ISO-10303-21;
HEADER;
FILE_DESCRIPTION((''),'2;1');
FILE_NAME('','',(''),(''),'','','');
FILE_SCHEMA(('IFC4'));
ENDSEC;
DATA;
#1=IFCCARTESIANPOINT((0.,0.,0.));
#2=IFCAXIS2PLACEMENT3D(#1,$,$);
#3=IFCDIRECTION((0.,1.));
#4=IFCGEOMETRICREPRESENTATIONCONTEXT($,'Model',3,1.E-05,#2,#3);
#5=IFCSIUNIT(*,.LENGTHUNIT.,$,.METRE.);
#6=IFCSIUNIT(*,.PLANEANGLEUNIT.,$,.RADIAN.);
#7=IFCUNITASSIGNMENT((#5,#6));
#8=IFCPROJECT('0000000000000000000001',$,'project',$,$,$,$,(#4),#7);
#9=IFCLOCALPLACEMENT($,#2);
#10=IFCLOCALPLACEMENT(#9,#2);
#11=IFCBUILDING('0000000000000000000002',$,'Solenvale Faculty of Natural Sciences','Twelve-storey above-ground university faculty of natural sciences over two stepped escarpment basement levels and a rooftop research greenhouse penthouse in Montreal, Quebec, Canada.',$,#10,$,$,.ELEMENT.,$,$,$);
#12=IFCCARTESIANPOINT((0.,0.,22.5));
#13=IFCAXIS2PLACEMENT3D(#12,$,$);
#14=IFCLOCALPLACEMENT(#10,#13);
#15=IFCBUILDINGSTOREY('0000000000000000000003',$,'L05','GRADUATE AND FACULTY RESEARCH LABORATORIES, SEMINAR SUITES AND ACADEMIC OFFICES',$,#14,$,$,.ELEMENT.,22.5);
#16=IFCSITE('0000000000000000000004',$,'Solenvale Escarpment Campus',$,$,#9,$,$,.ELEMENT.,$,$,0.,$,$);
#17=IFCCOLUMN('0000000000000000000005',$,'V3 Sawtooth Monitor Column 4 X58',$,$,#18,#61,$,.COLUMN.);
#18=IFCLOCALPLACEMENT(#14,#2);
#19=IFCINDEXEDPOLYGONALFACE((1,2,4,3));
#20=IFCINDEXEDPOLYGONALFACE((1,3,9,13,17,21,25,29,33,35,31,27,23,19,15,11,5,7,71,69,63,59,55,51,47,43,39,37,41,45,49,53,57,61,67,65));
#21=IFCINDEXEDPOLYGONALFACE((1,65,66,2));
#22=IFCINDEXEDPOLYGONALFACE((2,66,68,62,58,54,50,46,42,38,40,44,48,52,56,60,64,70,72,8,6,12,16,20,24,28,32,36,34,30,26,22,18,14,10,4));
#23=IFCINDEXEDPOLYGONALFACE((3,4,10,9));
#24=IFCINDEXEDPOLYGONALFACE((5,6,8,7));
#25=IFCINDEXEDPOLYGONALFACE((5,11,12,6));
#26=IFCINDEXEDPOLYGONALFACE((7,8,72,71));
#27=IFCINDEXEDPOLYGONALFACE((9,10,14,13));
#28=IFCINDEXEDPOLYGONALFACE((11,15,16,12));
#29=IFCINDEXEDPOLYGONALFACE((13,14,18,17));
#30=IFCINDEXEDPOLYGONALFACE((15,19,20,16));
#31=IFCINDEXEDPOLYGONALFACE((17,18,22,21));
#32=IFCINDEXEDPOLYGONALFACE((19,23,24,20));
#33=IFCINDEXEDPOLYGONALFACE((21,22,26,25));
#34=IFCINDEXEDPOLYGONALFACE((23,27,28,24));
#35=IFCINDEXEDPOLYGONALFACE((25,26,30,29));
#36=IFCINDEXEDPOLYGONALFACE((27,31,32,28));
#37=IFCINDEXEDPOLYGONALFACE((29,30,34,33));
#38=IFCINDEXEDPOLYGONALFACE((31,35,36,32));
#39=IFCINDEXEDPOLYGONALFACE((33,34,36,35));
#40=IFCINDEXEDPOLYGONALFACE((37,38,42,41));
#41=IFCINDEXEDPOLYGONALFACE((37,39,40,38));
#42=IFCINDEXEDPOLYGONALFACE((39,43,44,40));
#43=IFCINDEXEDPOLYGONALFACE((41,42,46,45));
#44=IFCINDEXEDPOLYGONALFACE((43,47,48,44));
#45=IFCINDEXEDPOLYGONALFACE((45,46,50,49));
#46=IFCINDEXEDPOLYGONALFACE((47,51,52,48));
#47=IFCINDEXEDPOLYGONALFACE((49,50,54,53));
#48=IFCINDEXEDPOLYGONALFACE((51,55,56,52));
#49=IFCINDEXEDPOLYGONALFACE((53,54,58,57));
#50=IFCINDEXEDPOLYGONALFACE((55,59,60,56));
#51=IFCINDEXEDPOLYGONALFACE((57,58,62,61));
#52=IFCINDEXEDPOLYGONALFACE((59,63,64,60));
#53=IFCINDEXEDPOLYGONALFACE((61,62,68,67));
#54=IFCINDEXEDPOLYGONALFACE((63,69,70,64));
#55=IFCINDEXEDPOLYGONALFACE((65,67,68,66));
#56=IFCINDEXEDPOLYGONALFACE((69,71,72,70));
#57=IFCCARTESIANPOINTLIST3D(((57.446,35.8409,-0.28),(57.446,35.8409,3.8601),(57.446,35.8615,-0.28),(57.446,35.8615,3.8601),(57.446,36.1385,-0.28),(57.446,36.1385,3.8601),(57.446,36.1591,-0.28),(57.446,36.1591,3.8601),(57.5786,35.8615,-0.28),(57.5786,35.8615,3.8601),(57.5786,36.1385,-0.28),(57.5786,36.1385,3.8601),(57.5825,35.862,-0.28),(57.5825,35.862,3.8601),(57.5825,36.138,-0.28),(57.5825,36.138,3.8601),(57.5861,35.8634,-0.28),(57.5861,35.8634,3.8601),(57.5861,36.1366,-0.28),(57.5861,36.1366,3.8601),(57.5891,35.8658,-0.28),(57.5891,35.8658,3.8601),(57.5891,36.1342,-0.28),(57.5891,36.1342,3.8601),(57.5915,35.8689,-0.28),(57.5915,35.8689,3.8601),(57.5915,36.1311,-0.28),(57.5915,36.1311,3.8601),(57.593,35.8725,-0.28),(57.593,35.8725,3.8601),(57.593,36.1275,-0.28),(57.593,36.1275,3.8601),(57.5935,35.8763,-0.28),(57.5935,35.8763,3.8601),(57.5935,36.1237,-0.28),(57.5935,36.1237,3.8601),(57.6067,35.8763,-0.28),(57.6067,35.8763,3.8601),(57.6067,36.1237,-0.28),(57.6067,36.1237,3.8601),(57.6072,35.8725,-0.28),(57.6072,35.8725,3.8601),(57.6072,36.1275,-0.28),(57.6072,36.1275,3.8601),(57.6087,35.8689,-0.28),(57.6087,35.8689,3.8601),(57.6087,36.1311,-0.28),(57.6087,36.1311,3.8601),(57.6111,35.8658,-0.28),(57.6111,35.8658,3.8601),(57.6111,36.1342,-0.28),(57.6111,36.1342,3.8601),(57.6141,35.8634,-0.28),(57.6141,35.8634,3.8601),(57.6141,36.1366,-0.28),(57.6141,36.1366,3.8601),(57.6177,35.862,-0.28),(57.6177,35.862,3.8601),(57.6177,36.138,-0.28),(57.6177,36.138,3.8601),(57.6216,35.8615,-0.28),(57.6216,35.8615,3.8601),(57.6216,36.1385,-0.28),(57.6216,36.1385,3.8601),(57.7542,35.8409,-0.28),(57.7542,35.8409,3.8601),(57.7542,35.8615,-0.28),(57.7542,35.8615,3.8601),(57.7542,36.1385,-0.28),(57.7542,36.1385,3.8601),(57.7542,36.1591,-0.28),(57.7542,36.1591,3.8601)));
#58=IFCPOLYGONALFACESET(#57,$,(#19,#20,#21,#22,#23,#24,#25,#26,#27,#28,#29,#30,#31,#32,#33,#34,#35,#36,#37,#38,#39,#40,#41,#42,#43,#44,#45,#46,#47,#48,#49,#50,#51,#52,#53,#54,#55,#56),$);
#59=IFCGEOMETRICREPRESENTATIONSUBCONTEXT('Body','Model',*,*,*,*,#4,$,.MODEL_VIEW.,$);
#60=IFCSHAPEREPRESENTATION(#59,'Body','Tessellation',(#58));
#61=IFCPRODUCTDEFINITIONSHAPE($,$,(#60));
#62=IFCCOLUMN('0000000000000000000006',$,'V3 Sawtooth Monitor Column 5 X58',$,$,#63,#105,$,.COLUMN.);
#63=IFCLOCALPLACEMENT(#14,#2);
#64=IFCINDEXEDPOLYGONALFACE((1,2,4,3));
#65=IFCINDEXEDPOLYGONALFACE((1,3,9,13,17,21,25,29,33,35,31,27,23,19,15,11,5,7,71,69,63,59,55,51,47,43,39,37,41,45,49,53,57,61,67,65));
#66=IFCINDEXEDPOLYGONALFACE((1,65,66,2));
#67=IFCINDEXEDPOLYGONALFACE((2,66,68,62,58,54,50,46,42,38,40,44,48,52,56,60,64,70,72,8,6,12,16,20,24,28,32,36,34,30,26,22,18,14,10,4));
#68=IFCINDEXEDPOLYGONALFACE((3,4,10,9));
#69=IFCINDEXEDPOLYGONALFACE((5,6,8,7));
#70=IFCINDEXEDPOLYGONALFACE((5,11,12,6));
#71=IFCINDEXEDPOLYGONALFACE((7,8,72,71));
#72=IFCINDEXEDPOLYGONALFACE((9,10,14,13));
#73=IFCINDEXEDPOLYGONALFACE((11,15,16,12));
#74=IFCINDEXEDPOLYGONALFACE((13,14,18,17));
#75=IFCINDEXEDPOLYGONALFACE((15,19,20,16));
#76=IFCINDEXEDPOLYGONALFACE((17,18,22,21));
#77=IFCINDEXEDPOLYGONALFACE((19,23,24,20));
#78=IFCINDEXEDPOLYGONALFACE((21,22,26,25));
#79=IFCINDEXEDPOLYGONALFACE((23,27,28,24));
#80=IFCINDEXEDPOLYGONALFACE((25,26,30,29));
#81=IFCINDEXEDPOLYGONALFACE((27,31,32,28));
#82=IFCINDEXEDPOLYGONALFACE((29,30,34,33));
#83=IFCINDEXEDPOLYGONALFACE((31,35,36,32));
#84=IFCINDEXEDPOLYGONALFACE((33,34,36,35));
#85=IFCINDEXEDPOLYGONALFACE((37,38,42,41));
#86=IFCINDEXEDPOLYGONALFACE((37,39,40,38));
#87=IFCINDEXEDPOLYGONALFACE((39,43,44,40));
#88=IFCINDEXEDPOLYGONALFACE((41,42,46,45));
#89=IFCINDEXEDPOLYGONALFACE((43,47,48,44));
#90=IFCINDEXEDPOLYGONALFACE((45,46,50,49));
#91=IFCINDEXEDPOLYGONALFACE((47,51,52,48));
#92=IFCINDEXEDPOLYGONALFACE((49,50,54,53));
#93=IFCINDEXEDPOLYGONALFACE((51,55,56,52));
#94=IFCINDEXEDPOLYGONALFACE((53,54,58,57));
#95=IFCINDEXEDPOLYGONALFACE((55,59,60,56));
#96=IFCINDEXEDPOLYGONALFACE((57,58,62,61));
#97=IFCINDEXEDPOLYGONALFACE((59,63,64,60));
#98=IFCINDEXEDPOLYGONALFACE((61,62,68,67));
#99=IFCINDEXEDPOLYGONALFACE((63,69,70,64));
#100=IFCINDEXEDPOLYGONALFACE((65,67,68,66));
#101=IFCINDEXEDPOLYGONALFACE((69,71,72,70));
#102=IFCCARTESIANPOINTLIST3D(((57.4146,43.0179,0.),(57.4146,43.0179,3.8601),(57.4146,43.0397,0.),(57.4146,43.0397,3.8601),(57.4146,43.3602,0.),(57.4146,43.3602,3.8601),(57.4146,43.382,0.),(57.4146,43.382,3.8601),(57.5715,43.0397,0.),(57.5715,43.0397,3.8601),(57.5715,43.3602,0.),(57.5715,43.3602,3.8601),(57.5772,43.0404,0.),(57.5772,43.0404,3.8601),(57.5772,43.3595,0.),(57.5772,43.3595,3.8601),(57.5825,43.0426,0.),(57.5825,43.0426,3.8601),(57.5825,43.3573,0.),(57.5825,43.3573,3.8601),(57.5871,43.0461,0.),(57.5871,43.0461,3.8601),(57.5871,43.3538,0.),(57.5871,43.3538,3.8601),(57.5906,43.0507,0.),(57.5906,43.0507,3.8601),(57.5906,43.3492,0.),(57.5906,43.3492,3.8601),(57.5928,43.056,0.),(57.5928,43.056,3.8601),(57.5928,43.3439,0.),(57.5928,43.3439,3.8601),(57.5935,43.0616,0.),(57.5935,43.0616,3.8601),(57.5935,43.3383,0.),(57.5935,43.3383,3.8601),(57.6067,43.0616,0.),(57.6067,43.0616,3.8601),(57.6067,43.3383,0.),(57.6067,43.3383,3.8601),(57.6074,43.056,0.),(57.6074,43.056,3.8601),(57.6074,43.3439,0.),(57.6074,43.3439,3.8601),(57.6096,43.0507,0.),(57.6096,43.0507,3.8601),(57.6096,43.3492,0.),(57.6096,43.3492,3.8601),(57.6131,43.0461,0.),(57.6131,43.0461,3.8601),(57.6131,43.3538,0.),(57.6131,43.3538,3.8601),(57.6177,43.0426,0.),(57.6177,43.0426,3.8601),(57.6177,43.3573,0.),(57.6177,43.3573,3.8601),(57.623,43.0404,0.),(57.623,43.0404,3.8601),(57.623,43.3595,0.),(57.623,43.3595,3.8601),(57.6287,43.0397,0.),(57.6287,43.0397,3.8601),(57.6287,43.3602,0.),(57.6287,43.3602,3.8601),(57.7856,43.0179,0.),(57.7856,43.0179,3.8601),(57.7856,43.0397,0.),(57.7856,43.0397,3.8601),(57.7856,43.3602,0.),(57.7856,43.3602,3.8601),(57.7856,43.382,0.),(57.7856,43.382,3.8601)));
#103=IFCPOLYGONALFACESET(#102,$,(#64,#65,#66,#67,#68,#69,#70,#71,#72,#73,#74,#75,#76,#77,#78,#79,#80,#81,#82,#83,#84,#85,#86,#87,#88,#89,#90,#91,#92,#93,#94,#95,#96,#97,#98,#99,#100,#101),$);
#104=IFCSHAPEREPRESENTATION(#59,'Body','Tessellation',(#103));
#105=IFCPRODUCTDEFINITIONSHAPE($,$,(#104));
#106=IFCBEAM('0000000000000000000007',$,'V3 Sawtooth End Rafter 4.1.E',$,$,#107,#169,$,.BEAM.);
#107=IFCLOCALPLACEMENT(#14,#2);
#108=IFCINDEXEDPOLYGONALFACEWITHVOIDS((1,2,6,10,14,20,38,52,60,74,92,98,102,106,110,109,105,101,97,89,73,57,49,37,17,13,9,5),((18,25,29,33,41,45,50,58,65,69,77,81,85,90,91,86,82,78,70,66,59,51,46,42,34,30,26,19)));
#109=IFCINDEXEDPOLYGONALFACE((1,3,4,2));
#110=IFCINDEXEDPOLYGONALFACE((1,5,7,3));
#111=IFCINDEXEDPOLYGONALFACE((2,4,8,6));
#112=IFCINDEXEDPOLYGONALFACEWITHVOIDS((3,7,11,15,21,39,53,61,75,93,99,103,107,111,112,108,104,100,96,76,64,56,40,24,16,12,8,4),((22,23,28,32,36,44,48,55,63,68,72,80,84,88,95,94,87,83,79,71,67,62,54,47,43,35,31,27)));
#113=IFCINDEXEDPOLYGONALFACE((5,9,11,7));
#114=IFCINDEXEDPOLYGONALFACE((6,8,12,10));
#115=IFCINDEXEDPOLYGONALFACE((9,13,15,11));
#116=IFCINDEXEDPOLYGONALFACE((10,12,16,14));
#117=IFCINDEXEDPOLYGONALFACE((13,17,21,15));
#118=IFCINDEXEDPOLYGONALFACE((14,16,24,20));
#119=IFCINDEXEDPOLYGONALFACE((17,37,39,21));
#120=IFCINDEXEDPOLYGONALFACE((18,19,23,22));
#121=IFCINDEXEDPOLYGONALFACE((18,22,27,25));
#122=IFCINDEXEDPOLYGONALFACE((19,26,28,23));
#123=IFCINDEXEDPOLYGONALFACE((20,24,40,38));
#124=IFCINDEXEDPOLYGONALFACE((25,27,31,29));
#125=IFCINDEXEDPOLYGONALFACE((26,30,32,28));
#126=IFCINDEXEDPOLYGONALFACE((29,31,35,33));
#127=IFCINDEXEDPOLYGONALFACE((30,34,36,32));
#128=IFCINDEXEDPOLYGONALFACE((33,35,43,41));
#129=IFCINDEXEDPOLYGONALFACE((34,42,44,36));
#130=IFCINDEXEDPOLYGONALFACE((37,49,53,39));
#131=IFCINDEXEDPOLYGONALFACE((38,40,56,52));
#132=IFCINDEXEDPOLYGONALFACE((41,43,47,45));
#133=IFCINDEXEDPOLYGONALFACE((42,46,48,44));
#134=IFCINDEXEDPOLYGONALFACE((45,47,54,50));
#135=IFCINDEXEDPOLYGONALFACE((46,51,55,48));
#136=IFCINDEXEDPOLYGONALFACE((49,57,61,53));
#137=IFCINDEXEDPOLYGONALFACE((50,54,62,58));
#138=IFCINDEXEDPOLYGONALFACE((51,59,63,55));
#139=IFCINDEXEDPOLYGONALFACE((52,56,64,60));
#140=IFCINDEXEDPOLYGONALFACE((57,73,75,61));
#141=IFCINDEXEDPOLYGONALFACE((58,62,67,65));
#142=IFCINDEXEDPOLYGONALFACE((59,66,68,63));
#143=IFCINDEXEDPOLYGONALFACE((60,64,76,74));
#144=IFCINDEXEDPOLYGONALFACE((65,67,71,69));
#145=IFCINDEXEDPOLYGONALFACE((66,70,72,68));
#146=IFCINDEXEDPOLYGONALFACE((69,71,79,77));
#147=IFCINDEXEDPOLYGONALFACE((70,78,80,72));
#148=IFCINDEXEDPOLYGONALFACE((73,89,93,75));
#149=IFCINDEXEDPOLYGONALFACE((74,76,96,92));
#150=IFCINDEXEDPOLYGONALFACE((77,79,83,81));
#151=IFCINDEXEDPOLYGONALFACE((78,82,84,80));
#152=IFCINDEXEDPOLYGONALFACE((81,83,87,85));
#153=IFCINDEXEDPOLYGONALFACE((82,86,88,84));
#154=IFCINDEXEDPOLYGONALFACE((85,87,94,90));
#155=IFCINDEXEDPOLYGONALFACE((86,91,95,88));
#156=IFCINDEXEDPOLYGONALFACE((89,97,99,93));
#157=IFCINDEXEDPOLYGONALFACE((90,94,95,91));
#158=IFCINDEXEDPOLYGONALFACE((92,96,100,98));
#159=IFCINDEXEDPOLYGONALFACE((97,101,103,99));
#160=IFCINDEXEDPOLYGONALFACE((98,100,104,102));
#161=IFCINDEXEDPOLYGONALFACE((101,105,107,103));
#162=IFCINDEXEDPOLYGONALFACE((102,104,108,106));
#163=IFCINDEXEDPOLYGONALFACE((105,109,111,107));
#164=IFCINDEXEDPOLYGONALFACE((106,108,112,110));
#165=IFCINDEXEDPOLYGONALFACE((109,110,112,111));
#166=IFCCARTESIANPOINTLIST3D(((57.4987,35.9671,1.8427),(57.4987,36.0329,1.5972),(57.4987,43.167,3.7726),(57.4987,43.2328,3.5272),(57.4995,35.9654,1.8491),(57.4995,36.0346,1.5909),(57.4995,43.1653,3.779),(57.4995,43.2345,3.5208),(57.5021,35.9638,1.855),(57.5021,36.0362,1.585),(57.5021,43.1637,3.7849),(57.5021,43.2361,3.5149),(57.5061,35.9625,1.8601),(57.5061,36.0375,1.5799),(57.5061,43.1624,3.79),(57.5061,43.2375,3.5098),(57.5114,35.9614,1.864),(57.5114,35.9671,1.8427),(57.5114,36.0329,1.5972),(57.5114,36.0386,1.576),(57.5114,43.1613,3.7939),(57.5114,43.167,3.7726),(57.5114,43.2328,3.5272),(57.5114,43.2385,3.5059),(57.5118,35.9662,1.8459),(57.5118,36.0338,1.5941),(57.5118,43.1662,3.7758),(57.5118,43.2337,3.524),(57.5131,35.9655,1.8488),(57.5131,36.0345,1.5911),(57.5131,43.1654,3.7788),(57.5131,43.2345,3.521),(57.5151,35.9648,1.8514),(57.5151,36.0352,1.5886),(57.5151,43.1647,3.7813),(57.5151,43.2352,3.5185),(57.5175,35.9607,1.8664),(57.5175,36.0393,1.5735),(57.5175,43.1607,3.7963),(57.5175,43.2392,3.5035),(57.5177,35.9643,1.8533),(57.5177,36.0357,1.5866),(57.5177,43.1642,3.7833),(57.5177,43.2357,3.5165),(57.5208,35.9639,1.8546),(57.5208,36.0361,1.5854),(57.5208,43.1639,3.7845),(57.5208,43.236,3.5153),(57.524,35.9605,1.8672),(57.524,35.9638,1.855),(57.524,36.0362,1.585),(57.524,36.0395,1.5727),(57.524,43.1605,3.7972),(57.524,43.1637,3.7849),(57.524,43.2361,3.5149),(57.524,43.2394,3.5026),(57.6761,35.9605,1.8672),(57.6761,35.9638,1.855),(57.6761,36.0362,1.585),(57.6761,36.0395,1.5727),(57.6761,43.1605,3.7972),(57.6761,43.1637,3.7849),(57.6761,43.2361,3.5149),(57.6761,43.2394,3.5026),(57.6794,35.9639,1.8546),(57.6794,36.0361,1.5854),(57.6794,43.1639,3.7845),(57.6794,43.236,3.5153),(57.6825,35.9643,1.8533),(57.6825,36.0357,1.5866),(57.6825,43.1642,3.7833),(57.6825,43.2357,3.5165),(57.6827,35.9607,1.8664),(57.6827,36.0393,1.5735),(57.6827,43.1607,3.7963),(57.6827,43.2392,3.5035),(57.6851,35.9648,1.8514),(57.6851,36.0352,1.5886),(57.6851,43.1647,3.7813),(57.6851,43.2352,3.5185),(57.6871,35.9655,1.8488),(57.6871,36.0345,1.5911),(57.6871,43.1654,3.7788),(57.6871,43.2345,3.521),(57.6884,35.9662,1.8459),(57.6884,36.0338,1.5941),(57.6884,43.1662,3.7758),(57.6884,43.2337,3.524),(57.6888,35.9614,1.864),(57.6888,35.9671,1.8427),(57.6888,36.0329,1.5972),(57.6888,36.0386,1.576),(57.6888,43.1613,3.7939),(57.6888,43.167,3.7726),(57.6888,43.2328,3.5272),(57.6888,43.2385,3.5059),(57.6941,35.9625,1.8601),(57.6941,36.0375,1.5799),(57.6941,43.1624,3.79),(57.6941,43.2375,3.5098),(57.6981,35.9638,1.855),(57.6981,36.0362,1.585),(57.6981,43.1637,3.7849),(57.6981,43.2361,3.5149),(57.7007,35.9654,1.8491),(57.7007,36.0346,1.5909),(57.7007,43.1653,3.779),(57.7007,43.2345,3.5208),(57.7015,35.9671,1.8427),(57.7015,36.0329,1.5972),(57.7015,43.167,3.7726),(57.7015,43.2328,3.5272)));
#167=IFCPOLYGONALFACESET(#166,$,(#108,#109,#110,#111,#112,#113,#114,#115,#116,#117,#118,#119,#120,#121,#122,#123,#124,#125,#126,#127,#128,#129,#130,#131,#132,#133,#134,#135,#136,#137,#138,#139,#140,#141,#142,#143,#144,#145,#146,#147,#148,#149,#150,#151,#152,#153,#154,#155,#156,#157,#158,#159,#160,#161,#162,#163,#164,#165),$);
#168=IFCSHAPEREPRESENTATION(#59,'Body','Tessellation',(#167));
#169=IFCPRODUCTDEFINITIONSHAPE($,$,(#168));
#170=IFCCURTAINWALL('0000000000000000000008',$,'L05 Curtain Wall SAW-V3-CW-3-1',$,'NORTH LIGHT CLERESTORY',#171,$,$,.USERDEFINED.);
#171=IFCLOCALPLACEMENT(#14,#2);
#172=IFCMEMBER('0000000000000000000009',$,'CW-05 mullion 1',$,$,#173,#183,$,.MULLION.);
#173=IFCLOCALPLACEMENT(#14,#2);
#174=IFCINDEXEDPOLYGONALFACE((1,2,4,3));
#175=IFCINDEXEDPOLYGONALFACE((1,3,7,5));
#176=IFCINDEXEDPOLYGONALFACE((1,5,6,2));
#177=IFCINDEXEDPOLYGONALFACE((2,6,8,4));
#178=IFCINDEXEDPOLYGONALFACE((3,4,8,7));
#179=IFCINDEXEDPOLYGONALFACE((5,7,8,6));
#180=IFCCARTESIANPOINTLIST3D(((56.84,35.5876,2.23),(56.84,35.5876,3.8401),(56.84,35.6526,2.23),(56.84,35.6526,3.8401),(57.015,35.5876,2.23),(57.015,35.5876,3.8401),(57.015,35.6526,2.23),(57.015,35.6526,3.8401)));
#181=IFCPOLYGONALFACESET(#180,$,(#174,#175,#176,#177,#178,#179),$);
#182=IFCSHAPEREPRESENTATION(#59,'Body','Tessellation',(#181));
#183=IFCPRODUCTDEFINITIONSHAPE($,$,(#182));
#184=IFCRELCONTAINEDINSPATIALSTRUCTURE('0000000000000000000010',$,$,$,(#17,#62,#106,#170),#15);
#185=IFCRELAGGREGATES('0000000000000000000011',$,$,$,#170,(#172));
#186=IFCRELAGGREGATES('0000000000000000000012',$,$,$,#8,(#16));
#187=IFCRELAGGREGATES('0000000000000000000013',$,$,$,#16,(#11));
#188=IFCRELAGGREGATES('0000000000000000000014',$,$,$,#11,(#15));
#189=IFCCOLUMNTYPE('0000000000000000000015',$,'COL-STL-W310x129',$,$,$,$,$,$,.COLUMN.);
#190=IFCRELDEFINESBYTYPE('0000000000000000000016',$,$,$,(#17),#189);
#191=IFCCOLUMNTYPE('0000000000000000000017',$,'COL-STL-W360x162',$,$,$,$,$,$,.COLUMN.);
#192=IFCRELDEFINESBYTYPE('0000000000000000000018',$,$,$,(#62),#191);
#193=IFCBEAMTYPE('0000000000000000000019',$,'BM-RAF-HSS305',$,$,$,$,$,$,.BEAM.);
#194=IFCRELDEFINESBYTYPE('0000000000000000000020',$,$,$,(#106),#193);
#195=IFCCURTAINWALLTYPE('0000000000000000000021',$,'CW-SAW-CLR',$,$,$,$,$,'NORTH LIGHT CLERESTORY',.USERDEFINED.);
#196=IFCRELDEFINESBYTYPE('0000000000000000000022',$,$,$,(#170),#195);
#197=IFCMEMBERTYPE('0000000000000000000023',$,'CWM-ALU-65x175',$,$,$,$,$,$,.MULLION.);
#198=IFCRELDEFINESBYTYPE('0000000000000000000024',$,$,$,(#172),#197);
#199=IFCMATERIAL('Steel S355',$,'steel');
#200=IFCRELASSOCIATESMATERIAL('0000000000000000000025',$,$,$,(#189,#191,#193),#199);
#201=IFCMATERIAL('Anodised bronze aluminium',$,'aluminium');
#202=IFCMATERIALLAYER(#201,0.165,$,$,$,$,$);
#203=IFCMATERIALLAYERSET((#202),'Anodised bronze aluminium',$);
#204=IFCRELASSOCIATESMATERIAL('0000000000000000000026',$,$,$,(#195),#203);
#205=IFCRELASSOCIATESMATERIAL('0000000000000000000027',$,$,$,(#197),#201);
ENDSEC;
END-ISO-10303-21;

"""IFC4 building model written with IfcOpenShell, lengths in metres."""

from ifc_helpers import new_model, si_unit, direction, frame, origin, origin_2d, place, context, subcontext, project, spatial, rectangle, hollow_rectangle, i_section, extrude, material, layer, layer_set, material_profile, profile_set, type_object, element, aggregate, save


model = new_model("IFC4")

# Units and contexts
model_context = context("Model", 3, precision=1e-05, world=origin(), true_north=direction((0.0, 1.0)))
body_context = subcontext(model_context, "Body", "Model", "MODEL_VIEW")
ifc_project = project(units=[si_unit("LENGTHUNIT", "METRE"), si_unit("PLANEANGLEUNIT", "RADIAN")], contexts=[model_context])

# Site, building, storey
site_placement = place(None, origin())
site = spatial("IfcSite", under=ifc_project, at=site_placement, Name="Solenvale Escarpment Campus", CompositionType="ELEMENT", RefElevation=0.0)
building_placement = place(site_placement, origin())
building = spatial("IfcBuilding", under=site, at=building_placement, Name="Solenvale Faculty of Natural Sciences", Description="Twelve-storey above-ground university faculty of natural sciences over two stepped escarpment basement levels and a rooftop research greenhouse penthouse in Montreal, Quebec, Canada.", CompositionType="ELEMENT")
storey_placement = place(building_placement, frame((0.0, 0.0, 22.5)))
storey = spatial("IfcBuildingStorey", under=building, at=storey_placement, Name="L05", Description="GRADUATE AND FACULTY RESEARCH LABORATORIES, SEMINAR SUITES AND ACADEMIC OFFICES", CompositionType="ELEMENT", Elevation=22.5)

# Columns
ifc_material_1 = material(Name="Steel S355", Category="steel")
ifc_material_profile_1 = material_profile(ifc_material_1, i_section(OverallWidth=0.3081, OverallDepth=0.3181, WebThickness=0.0132, FlangeThickness=0.0205, FilletRadius=0.0149, at=origin_2d()), Name="W310x129")
ifc_profile_set_1 = profile_set([ifc_material_profile_1], Name="Steel S355")
column_type_1 = type_object("IfcColumnType", Name="COL-STL-W310x129", PredefinedType="COLUMN", material=ifc_profile_set_1)
column_1_placement = place(storey_placement, frame((57.6001, 36.0, -0.28), z_axis=(0.0, 0.0, 1.0), x_axis=(1.0, 0.0, 0.0)))
element("IfcColumn", 1, at=column_1_placement, inside=storey, type_object=column_type_1, Name="V3 Sawtooth Monitor Column 4 X58", PredefinedType="COLUMN", context=body_context, shape_type="SweptSolid", body=[
    extrude(i_section(OverallWidth=0.3081, OverallDepth=0.3181, WebThickness=0.0132, FlangeThickness=0.0205, FilletRadius=0.0149, at=origin_2d()), origin(), (0.0, 0.0, 1.0), 4.1401),
])
ifc_material_profile_2 = material_profile(ifc_material_1, i_section(OverallWidth=0.3711, OverallDepth=0.364, WebThickness=0.0132, FlangeThickness=0.0217, FilletRadius=0.022, at=origin_2d()), Name="W360x162")
ifc_profile_set_2 = profile_set([ifc_material_profile_2], Name="Steel S355")
column_type_2 = type_object("IfcColumnType", Name="COL-STL-W360x162", PredefinedType="COLUMN", material=ifc_profile_set_2)
column_2_placement = place(storey_placement, frame((57.6001, 43.2, 0.0), z_axis=(0.0, 0.0, 1.0), x_axis=(1.0, 0.0, 0.0)))
element("IfcColumn", 2, at=column_2_placement, inside=storey, type_object=column_type_2, Name="V3 Sawtooth Monitor Column 5 X58", PredefinedType="COLUMN", context=body_context, shape_type="SweptSolid", body=[
    extrude(i_section(OverallWidth=0.3711, OverallDepth=0.364, WebThickness=0.0132, FlangeThickness=0.0217, FilletRadius=0.022, at=origin_2d()), origin(), (0.0, 0.0, 1.0), 3.8601),
])

# Beam
ifc_material_profile_3 = material_profile(ifc_material_1, hollow_rectangle(XDim=0.2029, YDim=0.3049, WallThickness=0.0127, InnerFilletRadius=0.0127, OuterFilletRadius=0.0254, at=origin_2d()), Name="HSS305x203x13")
ifc_profile_set_3 = profile_set([ifc_material_profile_3], Name="Steel S355")
beam_type = type_object("IfcBeamType", Name="BM-RAF-HSS305", PredefinedType="BEAM", material=ifc_profile_set_3)
beam_placement = place(storey_placement, frame((57.6001, 36.0, 1.72), z_axis=(0.0, 0.965902, 0.258908), x_axis=(-1.0, 0.0, 0.0)))
element("IfcBeam", 3, at=beam_placement, inside=storey, type_object=beam_type, Name="V3 Sawtooth End Rafter 4.1.E", PredefinedType="BEAM", context=body_context, shape_type="SweptSolid", body=[
    extrude(hollow_rectangle(XDim=0.2029, YDim=0.3049, WallThickness=0.0127, InnerFilletRadius=0.0127, OuterFilletRadius=0.0254, at=origin_2d()), origin(), (0.0, 0.0, 1.0), 7.4541),
])

# Curtain wall, member
ifc_material_2 = material(Name="Anodised bronze aluminium", Category="aluminium")
ifc_layer_1 = layer(ifc_material_2, 0.165)
ifc_layer_set_1 = layer_set([ifc_layer_1], Name="Anodised bronze aluminium")
curtain_wall_type = type_object("IfcCurtainWallType", Name="CW-SAW-CLR", ElementType="NORTH LIGHT CLERESTORY", PredefinedType="USERDEFINED", material=ifc_layer_set_1)
curtain_wall_1_placement = place(storey_placement, origin())
curtain_wall_1 = element("IfcCurtainWall", 4, at=curtain_wall_1_placement, inside=storey, type_object=curtain_wall_type, Name="L05 Curtain Wall SAW-V3-CW-3-1", ObjectType="NORTH LIGHT CLERESTORY", PredefinedType="USERDEFINED")
ifc_material_profile_4 = material_profile(ifc_material_2, rectangle(XDim=0.0649, YDim=0.175, at=origin_2d()), Name="ALU-MUL-65x175")
ifc_profile_set_4 = profile_set([ifc_material_profile_4], Name="Anodised bronze aluminium")
member_type_1 = type_object("IfcMemberType", Name="CWM-ALU-65x175", PredefinedType="MULLION", material=ifc_profile_set_4)
member_1_placement = place(storey_placement, frame((56.9275, 35.6201, 2.23), z_axis=(0.0, 0.0, 1.0), x_axis=(0.0, -1.0, 0.0)))
member_1 = element("IfcMember", 5, at=member_1_placement, type_object=member_type_1, Name="CW-05 mullion 1", PredefinedType="MULLION", context=body_context, shape_type="SweptSolid", body=[
    extrude(rectangle(XDim=0.0649, YDim=0.175, at=origin_2d()), origin(), (0.0, 0.0, 1.0), 1.6101),
])

aggregate(curtain_wall_1, [member_1])

save(model, "model.ifc")
